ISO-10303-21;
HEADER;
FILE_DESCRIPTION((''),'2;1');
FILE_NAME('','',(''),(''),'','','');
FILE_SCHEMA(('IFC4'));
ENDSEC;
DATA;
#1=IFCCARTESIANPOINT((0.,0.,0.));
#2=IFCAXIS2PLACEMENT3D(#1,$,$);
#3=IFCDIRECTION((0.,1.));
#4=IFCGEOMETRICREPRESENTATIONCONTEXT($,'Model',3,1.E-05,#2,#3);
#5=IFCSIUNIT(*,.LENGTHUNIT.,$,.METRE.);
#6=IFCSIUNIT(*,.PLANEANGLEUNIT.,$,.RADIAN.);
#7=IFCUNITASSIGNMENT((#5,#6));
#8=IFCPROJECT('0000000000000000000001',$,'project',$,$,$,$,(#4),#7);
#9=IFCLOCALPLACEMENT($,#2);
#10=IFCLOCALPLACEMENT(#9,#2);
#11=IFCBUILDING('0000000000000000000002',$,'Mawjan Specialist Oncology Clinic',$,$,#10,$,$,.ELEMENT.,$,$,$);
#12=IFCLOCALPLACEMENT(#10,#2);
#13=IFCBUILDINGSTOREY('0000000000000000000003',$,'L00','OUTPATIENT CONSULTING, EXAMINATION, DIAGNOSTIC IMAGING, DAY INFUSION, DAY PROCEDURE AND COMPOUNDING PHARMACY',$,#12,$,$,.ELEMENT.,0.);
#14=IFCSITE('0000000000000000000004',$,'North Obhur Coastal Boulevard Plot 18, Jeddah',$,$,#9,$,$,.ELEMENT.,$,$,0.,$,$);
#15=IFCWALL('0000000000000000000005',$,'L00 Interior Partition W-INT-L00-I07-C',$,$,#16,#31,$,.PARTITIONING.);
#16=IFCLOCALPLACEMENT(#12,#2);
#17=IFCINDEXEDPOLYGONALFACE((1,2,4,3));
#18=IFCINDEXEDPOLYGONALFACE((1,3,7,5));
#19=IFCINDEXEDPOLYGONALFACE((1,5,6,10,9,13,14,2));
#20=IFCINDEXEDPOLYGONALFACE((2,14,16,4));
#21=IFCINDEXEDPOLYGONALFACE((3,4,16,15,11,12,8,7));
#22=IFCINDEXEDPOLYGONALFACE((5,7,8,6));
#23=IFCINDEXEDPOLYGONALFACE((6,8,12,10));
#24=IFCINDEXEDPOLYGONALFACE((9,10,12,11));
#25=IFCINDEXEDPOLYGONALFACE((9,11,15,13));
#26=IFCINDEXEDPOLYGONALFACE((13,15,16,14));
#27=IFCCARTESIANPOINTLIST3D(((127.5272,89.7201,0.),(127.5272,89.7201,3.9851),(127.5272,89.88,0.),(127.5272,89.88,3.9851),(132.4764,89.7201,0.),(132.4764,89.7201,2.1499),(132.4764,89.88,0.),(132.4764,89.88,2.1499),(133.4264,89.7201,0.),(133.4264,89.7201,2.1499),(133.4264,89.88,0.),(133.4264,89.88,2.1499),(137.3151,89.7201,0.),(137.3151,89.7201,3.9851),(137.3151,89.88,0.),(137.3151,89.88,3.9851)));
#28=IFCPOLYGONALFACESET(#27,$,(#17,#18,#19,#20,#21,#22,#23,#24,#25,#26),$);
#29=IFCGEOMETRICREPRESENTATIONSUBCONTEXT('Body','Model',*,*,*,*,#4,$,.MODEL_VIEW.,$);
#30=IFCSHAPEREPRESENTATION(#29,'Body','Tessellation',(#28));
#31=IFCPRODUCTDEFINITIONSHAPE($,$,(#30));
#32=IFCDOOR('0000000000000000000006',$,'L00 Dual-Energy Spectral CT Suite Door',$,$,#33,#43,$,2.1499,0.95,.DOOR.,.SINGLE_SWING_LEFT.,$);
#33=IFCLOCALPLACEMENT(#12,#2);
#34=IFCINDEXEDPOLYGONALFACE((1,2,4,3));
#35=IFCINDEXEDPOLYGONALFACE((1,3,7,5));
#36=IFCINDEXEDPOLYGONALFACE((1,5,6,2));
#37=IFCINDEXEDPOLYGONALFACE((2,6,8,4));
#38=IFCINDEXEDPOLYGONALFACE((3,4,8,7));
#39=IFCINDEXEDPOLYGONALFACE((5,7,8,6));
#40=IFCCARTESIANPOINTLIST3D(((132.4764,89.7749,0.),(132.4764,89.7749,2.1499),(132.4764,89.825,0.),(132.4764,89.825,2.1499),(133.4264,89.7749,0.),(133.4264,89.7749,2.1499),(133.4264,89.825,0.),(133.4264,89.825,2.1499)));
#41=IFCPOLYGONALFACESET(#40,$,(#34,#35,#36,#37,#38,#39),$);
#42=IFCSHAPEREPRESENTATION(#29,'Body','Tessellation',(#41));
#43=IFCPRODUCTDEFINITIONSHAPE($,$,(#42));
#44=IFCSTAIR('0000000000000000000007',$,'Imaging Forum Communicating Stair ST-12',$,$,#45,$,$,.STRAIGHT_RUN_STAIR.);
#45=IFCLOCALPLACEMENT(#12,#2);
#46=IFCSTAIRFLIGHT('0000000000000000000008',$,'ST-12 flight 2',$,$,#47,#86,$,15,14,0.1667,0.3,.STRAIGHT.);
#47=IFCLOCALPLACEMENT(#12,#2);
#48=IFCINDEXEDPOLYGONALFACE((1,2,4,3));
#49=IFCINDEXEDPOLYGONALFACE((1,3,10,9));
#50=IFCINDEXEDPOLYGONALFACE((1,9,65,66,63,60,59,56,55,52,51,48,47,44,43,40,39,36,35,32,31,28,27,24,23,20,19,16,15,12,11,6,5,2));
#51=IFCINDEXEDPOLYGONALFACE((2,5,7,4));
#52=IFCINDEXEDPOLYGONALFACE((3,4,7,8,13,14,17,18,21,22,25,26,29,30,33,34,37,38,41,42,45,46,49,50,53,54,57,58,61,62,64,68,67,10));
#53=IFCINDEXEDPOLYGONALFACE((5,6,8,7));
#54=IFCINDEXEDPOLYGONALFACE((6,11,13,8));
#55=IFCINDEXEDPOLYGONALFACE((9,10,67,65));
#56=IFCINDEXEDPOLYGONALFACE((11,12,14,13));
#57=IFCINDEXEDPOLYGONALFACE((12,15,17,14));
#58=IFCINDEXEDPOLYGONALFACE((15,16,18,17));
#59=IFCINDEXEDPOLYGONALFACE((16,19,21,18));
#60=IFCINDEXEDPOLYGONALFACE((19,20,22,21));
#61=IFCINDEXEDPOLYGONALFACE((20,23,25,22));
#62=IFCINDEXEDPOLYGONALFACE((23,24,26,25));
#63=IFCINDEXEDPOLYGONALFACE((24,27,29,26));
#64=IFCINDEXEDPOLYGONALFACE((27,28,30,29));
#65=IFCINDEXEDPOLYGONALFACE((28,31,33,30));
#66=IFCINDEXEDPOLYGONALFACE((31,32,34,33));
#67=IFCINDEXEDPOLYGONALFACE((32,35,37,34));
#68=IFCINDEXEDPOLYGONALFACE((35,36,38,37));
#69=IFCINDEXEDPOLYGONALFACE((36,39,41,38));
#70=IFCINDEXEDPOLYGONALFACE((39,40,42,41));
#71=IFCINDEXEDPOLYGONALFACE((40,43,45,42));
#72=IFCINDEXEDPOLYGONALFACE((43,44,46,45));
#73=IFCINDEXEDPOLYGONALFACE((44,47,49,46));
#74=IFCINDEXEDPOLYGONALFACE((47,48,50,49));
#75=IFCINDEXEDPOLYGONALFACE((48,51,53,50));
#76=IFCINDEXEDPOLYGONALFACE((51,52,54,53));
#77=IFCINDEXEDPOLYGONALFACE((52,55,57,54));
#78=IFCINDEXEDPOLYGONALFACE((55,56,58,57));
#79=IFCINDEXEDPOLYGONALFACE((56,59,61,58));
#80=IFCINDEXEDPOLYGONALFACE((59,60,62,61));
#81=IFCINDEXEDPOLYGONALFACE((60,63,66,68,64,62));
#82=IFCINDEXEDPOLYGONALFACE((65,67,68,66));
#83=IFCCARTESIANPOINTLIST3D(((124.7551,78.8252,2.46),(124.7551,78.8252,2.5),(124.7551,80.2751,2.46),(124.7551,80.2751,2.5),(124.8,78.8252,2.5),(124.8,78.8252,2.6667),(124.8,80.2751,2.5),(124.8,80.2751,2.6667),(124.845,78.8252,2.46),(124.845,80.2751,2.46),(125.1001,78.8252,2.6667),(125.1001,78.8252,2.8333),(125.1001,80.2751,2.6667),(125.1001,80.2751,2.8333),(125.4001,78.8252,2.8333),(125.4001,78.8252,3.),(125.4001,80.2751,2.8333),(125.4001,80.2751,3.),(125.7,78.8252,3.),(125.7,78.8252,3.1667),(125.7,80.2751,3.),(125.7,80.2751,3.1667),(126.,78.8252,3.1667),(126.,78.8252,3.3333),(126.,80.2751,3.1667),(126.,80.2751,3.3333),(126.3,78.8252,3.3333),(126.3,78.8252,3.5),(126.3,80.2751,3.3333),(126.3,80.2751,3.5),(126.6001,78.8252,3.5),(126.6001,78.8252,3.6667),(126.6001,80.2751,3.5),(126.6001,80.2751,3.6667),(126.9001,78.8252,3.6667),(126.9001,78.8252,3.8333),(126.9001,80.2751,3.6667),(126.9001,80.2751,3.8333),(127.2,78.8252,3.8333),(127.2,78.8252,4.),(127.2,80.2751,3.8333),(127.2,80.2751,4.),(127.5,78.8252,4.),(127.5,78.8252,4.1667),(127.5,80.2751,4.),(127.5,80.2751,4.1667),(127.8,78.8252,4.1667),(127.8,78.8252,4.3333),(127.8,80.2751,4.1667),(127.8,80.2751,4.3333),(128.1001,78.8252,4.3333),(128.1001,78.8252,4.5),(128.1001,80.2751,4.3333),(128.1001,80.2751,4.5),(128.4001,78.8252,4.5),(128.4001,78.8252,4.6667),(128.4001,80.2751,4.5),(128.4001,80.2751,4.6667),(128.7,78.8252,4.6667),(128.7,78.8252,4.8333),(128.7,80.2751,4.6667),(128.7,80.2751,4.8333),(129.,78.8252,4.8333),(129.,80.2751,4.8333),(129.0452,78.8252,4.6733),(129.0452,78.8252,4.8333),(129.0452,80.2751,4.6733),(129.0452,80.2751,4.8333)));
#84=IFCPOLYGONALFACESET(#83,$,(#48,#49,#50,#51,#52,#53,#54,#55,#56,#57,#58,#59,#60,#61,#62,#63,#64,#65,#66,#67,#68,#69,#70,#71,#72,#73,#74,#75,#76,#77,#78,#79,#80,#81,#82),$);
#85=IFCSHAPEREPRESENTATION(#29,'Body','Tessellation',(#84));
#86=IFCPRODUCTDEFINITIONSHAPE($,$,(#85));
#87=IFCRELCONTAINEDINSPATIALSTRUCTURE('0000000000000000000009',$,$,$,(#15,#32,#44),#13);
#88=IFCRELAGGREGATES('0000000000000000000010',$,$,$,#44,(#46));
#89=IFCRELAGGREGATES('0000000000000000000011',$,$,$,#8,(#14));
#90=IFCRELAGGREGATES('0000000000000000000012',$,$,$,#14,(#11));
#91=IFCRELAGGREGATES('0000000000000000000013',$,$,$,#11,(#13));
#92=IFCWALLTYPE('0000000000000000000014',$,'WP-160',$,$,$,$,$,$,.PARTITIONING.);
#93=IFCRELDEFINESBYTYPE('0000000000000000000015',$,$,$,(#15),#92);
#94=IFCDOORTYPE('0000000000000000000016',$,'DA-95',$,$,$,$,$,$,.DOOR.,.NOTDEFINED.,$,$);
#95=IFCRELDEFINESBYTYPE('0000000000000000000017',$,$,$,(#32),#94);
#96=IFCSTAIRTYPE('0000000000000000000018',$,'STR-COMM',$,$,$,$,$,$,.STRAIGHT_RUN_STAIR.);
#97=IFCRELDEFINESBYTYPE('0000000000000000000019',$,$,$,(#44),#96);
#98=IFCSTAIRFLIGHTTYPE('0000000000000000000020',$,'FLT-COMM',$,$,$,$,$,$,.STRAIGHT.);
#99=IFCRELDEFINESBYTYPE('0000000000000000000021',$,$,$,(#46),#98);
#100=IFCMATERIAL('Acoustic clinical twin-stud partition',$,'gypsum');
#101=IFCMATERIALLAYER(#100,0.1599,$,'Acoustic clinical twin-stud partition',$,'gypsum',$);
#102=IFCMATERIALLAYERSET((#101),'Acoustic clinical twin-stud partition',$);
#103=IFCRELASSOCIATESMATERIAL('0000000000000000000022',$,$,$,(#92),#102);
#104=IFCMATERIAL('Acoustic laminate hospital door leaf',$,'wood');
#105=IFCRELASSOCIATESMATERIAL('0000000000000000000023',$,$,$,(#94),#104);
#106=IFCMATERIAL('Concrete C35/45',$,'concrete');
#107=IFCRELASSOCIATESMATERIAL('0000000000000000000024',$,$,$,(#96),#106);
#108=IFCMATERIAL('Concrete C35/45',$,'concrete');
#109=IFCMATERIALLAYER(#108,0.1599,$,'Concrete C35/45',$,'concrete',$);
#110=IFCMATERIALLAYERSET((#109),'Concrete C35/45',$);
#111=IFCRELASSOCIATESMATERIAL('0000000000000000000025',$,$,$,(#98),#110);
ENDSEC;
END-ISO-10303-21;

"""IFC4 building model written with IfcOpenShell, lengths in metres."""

from ifc_helpers import new_model, si_unit, direction, frame, frame_2d, origin, place, context, subcontext, project, spatial, polyline, rectangle, outline, extrude, material, layer, layer_set, type_object, element, fill, aggregate, save


model = new_model("IFC4")

# Units and contexts
model_context = context("Model", 3, precision=1e-05, world=origin(), true_north=direction((0.0, 1.0)))
body_context = subcontext(model_context, "Body", "Model", "MODEL_VIEW")
ifc_project = project(units=[si_unit("LENGTHUNIT", "METRE"), si_unit("PLANEANGLEUNIT", "RADIAN")], contexts=[model_context])

# Site, building, storey
site_placement = place(None, origin())
site = spatial("IfcSite", under=ifc_project, at=site_placement, Name="North Obhur Coastal Boulevard Plot 18, Jeddah", CompositionType="ELEMENT", RefElevation=0.0)
building_placement = place(site_placement, origin())
building = spatial("IfcBuilding", under=site, at=building_placement, Name="Mawjan Specialist Oncology Clinic", CompositionType="ELEMENT")
storey_placement = place(building_placement, origin())
storey = spatial("IfcBuildingStorey", under=building, at=storey_placement, Name="L00", Description="OUTPATIENT CONSULTING, EXAMINATION, DIAGNOSTIC IMAGING, DAY INFUSION, DAY PROCEDURE AND COMPOUNDING PHARMACY", CompositionType="ELEMENT", Elevation=0.0)

# Wall, opening, door
ifc_material_1 = material(Name="Acoustic clinical twin-stud partition", Category="gypsum")
ifc_layer_1 = layer(ifc_material_1, 0.1599, Name="Acoustic clinical twin-stud partition", Category="gypsum")
ifc_layer_set_1 = layer_set([ifc_layer_1], Name="Acoustic clinical twin-stud partition")
wall_type_1 = type_object("IfcWallType", Name="WP-160", PredefinedType="PARTITIONING", material=ifc_layer_set_1)
wall_1_placement = place(storey_placement, frame((127.5271, 89.8, 0.0), z_axis=(0.0, 0.0, 1.0), x_axis=(1.0, 0.0, 0.0)))
wall_1 = element("IfcWall", 1, at=wall_1_placement, inside=storey, type_object=wall_type_1, Name="L00 Interior Partition W-INT-L00-I07-C", PredefinedType="PARTITIONING", context=body_context, shape_type="SweptSolid", body=[
    extrude(rectangle(XDim=9.7878, YDim=0.1599, at=frame_2d((4.894, 0.0))), origin(), (0.0, 0.0, 1.0), 3.9851),
])
opening_1_placement = place(wall_1_placement, frame((4.9492, 0.0, 0.0)))
opening_1 = element("IfcOpeningElement", 2, at=opening_1_placement, cuts=wall_1, PredefinedType="OPENING", context=body_context, shape_type="SweptSolid", body=[
    extrude(rectangle(XDim=0.95, YDim=2.1499, at=frame_2d((0.4751, 1.075))), frame((0.0, 0.092, 0.0), z_axis=(0.0, -1.0, 0.0), x_axis=(1.0, 0.0, 0.0)), (0.0, 0.0, 1.0), 0.1838),
])
ifc_material_2 = material(Name="Acoustic laminate hospital door leaf", Category="wood")
door_type_1 = type_object("IfcDoorType", Name="DA-95", OperationType="NOTDEFINED", PredefinedType="DOOR", material=ifc_material_2)
door_1_placement = place(opening_1_placement, origin())
door_1 = element("IfcDoor", 3, at=door_1_placement, inside=storey, type_object=door_type_1, Name="L00 Dual-Energy Spectral CT Suite Door", OperationType="SINGLE_SWING_LEFT", OverallHeight=2.1499, OverallWidth=0.95, PredefinedType="DOOR", context=body_context, shape_type="SweptSolid", body=[
    extrude(rectangle(XDim=0.95, YDim=2.1499, at=frame_2d((0.4751, 1.075))), frame((0.0, 0.0249, 0.0), z_axis=(0.0, -1.0, 0.0), x_axis=(1.0, 0.0, 0.0)), (0.0, 0.0, 1.0), 0.05),
])
fill(opening_1, door_1)

# Stair, stair flight
ifc_material_3 = material(Name="Concrete C35/45", Category="concrete")
stair_type = type_object("IfcStairType", Name="STR-COMM", PredefinedType="STRAIGHT_RUN_STAIR", material=ifc_material_3)
stair_placement = place(storey_placement, origin())
stair = element("IfcStair", 4, at=stair_placement, inside=storey, type_object=stair_type, Name="Imaging Forum Communicating Stair ST-12", PredefinedType="STRAIGHT_RUN_STAIR")
ifc_material_4 = material(Name="Concrete C35/45", Category="concrete")
ifc_layer_2 = layer(ifc_material_4, 0.1599, Name="Concrete C35/45", Category="concrete")
ifc_layer_set_2 = layer_set([ifc_layer_2], Name="Concrete C35/45")
stair_flight_type = type_object("IfcStairFlightType", Name="FLT-COMM", PredefinedType="STRAIGHT", material=ifc_layer_set_2)
stair_flight_placement = place(storey_placement, frame((124.8, 79.55, 2.5), z_axis=(0.0, 0.0, 1.0), x_axis=(1.0, 0.0, 0.0)))
stair_flight = element("IfcStairFlight", 5, at=stair_flight_placement, type_object=stair_flight_type, Name="ST-12 flight 2", NumberOfRisers=15, NumberOfTreads=14, PredefinedType="STRAIGHT", RiserHeight=0.1667, TreadLength=0.3, context=body_context, shape_type="SweptSolid", body=[
    extrude(outline(polyline([(-0.0449, -0.04), (-0.0449, 0.0), (0.0, 0.0), (0.0, 0.1667), (0.3, 0.1667), (0.3, 0.3333), (0.6001, 0.3333), (0.6001, 0.5), (0.8999, 0.5), (0.8999, 0.6667), (1.2, 0.6667), (1.2, 0.8333), (1.5, 0.8333), (1.5, 1.0), (1.8, 1.0), (1.8, 1.1667), (2.1001, 1.1667), (2.1001, 1.3333), (2.3999, 1.3333), (2.3999, 1.5), (2.7, 1.5), (2.7, 1.6667), (3.0, 1.6667), (3.0, 1.8333), (3.3, 1.8333), (3.3, 2.0), (3.6001, 2.0), (3.6001, 2.1667), (3.8999, 2.1667), (3.8999, 2.3333), (4.2, 2.3333), (4.2451, 2.3333), (4.2451, 2.1733), (0.0449, -0.04), (-0.0449, -0.04)])), frame((0.0, 0.7251, 0.0), z_axis=(0.0, -1.0, 0.0), x_axis=(1.0, 0.0, 0.0)), (0.0, 0.0, 1.0), 1.45),
])
aggregate(stair, [stair_flight])

save(model, "model.ifc")
